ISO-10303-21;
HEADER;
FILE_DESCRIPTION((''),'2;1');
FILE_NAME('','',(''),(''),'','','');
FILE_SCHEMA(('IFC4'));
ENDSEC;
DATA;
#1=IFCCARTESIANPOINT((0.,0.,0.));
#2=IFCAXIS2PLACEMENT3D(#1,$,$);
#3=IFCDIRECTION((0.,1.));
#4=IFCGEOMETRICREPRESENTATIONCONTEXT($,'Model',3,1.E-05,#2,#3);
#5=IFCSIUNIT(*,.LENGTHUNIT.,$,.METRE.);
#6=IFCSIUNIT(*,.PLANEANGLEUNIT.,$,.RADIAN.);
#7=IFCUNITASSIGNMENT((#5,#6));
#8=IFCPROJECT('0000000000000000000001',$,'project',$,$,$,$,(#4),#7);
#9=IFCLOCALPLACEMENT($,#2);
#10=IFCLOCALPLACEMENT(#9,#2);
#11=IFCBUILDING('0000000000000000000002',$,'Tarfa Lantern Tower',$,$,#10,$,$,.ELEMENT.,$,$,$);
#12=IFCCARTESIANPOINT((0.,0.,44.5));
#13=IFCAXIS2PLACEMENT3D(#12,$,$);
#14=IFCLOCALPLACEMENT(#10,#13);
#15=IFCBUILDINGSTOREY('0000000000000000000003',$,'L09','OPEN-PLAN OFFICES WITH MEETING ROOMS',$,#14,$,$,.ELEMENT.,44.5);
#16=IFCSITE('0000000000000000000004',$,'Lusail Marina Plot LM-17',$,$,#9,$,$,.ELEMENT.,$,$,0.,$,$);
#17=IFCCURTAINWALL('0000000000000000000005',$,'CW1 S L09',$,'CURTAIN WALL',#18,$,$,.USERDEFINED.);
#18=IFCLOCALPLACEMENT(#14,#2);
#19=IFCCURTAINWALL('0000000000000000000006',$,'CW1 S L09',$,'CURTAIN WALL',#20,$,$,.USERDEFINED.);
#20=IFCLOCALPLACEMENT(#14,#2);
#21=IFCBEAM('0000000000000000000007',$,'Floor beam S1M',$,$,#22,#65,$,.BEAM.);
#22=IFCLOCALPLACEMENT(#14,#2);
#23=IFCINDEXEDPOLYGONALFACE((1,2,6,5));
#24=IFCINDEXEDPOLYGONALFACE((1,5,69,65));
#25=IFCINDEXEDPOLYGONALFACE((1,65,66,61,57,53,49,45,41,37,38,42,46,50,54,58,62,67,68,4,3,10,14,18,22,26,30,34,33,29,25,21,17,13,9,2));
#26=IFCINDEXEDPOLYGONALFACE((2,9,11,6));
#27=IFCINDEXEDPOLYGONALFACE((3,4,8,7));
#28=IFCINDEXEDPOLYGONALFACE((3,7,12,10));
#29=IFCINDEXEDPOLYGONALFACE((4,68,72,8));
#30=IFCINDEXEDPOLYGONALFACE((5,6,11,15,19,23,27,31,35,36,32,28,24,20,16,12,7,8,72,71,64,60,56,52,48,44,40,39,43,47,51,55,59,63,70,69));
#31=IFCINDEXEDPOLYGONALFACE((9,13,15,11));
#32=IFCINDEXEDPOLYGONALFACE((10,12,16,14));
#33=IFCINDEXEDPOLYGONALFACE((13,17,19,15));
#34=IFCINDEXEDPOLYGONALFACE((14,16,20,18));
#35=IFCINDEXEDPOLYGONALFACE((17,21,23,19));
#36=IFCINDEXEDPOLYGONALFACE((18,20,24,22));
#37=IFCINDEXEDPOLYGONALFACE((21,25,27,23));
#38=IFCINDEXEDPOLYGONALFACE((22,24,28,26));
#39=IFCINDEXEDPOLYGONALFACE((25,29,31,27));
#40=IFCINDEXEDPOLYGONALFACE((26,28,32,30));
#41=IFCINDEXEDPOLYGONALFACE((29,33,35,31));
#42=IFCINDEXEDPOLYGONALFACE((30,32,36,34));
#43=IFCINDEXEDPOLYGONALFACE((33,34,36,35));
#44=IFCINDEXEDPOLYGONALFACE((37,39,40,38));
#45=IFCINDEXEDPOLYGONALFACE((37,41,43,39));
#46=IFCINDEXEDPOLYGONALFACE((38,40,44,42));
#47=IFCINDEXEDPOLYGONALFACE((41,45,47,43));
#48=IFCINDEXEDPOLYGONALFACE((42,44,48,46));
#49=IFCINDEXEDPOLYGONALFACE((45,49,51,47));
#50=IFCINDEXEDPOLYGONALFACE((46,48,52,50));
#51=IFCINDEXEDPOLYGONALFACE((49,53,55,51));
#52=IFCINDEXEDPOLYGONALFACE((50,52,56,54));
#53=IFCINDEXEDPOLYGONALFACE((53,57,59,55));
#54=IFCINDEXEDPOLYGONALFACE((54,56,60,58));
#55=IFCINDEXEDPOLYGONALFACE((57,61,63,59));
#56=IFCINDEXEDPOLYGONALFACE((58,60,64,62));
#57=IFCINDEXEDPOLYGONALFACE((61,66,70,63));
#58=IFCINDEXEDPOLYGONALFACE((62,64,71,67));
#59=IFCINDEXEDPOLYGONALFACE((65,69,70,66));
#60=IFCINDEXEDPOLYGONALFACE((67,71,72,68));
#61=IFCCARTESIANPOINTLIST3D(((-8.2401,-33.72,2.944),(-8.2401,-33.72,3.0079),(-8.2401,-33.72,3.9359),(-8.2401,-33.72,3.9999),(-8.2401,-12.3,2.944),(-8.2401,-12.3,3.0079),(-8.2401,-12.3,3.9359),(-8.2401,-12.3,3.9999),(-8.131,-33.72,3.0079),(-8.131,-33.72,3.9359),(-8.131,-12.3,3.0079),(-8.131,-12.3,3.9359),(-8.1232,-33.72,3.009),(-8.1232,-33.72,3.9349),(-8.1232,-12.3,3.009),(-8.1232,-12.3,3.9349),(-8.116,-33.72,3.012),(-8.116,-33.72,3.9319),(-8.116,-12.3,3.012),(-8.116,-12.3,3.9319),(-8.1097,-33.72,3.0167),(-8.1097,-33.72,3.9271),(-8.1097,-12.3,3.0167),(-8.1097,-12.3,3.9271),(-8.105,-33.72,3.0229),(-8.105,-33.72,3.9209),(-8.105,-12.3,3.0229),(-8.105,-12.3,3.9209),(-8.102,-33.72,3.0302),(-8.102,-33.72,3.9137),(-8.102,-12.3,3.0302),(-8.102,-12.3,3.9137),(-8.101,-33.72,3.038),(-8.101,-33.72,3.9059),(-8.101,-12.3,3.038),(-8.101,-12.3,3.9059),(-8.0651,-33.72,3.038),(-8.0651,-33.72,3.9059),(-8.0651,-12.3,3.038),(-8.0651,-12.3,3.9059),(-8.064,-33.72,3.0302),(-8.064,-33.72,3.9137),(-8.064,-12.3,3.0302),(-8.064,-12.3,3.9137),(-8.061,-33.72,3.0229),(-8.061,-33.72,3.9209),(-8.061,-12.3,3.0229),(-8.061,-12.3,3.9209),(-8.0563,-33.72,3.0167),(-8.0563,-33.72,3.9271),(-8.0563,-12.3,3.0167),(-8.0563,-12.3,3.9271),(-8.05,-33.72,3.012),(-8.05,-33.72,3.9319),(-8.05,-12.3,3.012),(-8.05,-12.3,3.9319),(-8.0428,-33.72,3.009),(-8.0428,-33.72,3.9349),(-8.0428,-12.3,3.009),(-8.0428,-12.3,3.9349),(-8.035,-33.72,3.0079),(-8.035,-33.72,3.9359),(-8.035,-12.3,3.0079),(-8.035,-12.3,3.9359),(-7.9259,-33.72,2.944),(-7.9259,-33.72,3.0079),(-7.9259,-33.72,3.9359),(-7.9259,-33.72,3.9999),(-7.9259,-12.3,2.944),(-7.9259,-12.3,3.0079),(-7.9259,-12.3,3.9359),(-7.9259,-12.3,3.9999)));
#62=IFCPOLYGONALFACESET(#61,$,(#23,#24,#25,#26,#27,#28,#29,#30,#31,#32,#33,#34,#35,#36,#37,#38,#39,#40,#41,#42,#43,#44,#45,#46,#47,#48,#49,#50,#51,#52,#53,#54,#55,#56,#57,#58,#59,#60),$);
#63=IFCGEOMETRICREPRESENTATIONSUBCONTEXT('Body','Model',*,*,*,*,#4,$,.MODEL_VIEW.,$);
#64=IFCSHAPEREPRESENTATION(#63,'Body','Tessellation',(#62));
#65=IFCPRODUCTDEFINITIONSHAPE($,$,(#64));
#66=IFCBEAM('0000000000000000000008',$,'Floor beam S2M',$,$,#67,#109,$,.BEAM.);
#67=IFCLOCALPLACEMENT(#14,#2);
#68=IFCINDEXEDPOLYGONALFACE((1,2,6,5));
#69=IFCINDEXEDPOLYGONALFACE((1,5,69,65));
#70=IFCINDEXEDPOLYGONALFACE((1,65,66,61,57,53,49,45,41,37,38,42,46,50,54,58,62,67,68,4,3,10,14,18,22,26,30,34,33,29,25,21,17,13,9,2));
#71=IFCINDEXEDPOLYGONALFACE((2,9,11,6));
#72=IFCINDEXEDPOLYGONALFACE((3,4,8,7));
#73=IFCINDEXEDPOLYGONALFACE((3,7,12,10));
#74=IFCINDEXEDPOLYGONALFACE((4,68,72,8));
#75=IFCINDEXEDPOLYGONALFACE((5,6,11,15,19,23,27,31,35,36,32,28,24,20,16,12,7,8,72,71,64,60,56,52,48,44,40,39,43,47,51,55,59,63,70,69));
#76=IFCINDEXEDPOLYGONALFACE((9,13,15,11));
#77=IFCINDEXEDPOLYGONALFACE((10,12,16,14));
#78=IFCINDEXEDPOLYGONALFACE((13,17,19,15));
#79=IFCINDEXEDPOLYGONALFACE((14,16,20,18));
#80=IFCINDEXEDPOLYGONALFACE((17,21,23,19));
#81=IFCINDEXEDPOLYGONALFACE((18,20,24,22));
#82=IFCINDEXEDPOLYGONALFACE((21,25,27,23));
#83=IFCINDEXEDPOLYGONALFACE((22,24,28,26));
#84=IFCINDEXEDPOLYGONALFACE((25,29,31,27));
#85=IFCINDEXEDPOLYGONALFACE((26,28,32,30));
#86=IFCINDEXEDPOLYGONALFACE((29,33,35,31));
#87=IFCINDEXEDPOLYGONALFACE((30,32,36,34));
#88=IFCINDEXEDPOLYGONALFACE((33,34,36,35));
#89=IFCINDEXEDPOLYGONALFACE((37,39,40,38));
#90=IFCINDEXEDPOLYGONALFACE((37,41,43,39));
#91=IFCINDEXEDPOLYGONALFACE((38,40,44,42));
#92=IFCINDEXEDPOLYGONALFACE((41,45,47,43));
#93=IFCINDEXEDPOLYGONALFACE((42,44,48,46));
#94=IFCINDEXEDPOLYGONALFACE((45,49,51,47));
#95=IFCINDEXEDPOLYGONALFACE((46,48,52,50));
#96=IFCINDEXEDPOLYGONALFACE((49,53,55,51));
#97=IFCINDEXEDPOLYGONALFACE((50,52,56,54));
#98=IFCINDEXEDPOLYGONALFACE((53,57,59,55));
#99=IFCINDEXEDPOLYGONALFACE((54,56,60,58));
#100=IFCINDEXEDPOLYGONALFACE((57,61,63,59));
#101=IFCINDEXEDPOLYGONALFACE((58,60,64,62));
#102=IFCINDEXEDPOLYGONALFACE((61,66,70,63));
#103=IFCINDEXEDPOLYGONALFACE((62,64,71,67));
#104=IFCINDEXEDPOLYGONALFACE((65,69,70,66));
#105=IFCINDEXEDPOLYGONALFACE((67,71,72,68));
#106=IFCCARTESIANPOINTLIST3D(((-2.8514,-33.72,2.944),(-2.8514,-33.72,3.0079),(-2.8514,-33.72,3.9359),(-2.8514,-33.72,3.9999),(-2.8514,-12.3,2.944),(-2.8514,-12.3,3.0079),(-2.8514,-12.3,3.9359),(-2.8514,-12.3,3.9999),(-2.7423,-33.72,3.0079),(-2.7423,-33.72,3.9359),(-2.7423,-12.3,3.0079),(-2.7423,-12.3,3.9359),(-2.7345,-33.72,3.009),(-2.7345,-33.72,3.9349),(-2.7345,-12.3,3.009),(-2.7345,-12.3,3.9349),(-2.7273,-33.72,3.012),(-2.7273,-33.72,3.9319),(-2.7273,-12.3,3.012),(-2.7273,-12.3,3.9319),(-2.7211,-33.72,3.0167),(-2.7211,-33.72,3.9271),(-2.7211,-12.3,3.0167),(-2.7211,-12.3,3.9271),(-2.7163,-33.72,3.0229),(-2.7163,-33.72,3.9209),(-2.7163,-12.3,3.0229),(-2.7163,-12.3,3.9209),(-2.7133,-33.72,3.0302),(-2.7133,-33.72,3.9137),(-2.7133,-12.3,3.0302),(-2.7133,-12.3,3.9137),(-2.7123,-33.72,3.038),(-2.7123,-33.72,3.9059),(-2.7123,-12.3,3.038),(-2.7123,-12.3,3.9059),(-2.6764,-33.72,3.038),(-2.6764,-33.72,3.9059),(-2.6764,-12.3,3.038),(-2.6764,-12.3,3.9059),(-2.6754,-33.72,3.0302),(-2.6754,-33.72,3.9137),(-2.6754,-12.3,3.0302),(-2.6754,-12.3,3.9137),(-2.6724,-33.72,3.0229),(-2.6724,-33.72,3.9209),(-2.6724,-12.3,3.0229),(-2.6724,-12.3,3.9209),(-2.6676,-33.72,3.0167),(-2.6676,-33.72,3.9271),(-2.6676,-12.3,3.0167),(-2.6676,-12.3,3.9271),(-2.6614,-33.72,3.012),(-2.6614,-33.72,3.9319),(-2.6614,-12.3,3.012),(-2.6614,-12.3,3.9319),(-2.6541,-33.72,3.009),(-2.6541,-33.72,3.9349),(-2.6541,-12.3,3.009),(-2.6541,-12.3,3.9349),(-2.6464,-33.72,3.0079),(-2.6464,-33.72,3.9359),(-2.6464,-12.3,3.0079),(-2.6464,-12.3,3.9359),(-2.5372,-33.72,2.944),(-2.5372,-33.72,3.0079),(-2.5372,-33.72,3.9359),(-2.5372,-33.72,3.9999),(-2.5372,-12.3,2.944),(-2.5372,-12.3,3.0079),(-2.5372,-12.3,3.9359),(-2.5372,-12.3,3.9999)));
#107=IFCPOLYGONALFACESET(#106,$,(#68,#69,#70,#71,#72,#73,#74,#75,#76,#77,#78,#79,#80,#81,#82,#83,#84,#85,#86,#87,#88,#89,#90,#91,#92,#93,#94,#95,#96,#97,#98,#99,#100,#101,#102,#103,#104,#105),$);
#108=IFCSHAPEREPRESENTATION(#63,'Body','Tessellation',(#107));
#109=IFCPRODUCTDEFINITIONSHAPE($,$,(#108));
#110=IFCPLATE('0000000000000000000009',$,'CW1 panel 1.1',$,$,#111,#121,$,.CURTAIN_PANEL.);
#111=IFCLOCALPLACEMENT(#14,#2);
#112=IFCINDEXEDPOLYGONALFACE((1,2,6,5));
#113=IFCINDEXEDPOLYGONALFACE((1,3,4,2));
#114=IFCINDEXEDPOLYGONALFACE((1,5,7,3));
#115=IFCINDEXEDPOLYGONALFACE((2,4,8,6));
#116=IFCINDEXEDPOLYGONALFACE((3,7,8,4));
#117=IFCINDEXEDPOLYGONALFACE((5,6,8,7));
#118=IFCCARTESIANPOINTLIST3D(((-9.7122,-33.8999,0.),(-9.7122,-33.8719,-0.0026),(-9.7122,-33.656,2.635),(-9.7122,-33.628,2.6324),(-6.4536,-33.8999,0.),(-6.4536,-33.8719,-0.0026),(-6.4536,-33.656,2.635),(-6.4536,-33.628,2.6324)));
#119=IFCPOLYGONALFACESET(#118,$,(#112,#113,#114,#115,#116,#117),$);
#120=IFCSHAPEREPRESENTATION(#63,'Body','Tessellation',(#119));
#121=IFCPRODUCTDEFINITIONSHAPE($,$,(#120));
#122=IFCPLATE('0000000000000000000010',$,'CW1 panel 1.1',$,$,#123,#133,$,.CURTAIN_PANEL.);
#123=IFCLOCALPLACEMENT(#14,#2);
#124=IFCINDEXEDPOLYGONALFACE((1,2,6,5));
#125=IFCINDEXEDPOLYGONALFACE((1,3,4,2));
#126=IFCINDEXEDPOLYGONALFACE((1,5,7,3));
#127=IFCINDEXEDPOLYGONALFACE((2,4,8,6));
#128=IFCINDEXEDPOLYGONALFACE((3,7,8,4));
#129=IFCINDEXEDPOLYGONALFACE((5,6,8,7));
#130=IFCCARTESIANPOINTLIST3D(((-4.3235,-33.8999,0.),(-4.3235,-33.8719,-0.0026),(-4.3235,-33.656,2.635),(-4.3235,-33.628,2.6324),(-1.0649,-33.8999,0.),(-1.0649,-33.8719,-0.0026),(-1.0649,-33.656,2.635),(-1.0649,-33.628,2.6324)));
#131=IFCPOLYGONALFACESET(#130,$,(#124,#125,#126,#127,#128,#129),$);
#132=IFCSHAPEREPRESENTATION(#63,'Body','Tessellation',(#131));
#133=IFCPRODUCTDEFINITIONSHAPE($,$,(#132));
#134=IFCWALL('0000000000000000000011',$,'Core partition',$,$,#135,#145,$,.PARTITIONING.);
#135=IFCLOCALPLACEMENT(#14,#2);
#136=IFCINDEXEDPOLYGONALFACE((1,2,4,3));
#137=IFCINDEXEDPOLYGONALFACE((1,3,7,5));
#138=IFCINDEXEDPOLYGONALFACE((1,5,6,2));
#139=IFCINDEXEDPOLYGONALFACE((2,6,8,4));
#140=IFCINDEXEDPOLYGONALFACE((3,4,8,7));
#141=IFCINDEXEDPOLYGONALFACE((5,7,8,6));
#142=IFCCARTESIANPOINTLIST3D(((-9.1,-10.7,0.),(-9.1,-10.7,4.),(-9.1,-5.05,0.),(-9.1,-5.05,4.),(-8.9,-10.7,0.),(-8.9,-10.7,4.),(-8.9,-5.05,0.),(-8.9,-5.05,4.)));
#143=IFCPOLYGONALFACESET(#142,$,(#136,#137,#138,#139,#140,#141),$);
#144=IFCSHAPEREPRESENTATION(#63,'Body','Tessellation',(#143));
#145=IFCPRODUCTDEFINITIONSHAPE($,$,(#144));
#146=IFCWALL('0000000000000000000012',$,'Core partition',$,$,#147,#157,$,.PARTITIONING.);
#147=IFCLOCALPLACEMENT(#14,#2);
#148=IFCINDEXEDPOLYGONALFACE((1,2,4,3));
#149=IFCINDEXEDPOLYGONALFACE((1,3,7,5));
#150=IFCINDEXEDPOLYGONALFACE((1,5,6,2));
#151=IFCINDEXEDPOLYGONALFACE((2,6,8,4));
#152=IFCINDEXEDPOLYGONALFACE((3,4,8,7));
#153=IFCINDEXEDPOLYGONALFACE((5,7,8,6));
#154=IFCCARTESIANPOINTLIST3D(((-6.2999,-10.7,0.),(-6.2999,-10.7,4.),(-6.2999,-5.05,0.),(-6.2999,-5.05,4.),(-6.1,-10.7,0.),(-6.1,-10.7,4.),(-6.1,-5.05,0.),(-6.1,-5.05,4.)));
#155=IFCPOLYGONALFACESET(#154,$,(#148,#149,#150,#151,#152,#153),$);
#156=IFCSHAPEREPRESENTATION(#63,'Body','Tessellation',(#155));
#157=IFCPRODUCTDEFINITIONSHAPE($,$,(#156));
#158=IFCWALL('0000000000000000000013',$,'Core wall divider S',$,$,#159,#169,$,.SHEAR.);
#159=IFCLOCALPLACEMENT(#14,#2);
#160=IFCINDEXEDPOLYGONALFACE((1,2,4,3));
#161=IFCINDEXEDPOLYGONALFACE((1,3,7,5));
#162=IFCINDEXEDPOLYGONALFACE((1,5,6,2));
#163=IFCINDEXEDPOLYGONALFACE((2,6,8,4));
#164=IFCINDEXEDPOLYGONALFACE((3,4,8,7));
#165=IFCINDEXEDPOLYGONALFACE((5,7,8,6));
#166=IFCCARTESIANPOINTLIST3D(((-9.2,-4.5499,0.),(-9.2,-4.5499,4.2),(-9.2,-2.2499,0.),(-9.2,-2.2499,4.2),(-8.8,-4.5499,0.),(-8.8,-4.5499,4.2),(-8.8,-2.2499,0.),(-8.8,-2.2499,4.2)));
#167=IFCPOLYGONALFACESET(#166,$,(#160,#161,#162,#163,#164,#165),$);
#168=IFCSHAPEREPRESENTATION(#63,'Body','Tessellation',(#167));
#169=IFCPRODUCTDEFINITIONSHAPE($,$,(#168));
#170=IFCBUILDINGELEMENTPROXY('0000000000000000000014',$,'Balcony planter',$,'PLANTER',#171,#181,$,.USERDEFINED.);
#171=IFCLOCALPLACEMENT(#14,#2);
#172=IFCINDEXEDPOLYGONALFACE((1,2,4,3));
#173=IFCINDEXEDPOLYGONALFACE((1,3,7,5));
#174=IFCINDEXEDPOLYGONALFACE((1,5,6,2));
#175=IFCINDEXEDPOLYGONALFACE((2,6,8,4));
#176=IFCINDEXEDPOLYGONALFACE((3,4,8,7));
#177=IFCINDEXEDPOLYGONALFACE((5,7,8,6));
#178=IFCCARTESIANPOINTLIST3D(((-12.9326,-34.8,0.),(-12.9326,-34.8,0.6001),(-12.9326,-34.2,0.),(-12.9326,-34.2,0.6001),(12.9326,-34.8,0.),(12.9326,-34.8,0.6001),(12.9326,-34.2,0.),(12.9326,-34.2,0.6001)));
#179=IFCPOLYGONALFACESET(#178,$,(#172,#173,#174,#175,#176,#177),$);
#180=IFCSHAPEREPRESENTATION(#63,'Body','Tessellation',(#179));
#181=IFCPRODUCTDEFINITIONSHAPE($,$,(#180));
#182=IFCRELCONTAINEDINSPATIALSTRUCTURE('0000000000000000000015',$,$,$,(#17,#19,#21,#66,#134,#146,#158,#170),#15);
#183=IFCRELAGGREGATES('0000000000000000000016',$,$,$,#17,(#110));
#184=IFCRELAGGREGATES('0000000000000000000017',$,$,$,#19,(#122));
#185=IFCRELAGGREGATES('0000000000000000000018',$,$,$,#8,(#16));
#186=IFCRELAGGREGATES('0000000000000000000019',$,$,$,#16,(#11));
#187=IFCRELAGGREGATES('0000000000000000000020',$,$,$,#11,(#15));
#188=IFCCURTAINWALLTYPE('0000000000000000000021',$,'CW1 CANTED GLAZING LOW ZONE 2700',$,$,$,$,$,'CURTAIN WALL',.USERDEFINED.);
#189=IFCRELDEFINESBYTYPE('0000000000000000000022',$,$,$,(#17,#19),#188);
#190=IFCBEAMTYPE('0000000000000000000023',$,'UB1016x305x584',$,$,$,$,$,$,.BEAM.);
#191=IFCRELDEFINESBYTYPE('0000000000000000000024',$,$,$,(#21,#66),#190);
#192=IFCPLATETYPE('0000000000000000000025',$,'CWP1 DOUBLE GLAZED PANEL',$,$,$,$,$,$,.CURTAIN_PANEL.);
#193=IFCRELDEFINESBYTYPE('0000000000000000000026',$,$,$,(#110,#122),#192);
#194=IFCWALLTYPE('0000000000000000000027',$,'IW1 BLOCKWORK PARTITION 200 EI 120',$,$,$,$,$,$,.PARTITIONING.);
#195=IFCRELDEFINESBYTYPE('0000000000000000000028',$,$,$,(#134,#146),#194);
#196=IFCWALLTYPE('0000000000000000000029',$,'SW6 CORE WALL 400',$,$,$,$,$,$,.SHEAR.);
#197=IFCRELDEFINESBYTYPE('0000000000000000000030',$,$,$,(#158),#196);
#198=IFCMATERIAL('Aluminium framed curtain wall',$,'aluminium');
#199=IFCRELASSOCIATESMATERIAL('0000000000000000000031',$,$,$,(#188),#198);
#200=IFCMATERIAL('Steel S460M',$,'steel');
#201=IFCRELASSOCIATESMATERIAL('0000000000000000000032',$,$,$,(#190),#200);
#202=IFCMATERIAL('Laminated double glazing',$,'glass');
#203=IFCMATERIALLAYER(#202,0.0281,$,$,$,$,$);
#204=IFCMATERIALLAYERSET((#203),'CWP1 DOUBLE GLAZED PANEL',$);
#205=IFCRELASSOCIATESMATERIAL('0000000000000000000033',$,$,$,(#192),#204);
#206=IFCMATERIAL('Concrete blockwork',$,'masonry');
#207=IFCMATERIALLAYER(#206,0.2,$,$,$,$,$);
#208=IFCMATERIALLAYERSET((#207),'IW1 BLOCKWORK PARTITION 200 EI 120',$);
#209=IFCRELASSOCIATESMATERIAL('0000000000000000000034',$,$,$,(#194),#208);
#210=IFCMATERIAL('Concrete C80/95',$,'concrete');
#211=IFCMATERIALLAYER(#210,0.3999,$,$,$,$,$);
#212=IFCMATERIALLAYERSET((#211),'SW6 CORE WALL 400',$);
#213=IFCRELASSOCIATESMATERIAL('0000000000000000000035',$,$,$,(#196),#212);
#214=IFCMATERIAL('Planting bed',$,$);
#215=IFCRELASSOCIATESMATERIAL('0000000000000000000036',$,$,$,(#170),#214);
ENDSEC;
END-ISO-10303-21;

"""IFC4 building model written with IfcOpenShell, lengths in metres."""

from ifc_helpers import new_model, si_unit, direction, frame, frame_2d, origin, origin_2d, place, context, subcontext, project, spatial, polyline, rectangle, i_section, outline, extrude, material, layer, layer_set, material_profile, profile_set, type_object, element, aggregate, save


model = new_model("IFC4")

# Units and contexts
model_context = context("Model", 3, precision=1e-05, world=origin(), true_north=direction((0.0, 1.0)))
body_context = subcontext(model_context, "Body", "Model", "MODEL_VIEW")
ifc_project = project(units=[si_unit("LENGTHUNIT", "METRE"), si_unit("PLANEANGLEUNIT", "RADIAN")], contexts=[model_context])

# Site, building, storey
site_placement = place(None, origin())
site = spatial("IfcSite", under=ifc_project, at=site_placement, Name="Lusail Marina Plot LM-17", CompositionType="ELEMENT", RefElevation=0.0)
building_placement = place(site_placement, origin())
building = spatial("IfcBuilding", under=site, at=building_placement, Name="Tarfa Lantern Tower", CompositionType="ELEMENT")
storey_placement = place(building_placement, frame((0.0, 0.0, 44.5)))
storey = spatial("IfcBuildingStorey", under=building, at=storey_placement, Name="L09", Description="OPEN-PLAN OFFICES WITH MEETING ROOMS", CompositionType="ELEMENT", Elevation=44.5)

# Shared definitions
ifc_material_1 = material(Name="Concrete C80/95", Category="concrete")

# Curtain walls
ifc_material_2 = material(Name="Aluminium framed curtain wall", Category="aluminium")
curtain_wall_type = type_object("IfcCurtainWallType", Name="CW1 CANTED GLAZING LOW ZONE 2700", ElementType="CURTAIN WALL", PredefinedType="USERDEFINED", material=ifc_material_2)
curtain_wall_1_placement = place(storey_placement, origin())
curtain_wall_1 = element("IfcCurtainWall", 1, at=curtain_wall_1_placement, inside=storey, type_object=curtain_wall_type, Name="CW1 S L09", ObjectType="CURTAIN WALL", PredefinedType="USERDEFINED")
curtain_wall_2_placement = place(storey_placement, origin())
curtain_wall_2 = element("IfcCurtainWall", 2, at=curtain_wall_2_placement, inside=storey, type_object=curtain_wall_type, Name="CW1 S L09", ObjectType="CURTAIN WALL", PredefinedType="USERDEFINED")

# Beams
ifc_material_3 = material(Name="Steel S460M", Category="steel")
ifc_material_profile_1 = material_profile(ifc_material_3, i_section(OverallWidth=0.3142, OverallDepth=1.0559, WebThickness=0.0359, FlangeThickness=0.064, FilletRadius=0.03, at=origin_2d()), Name="UB1016x305x584")
ifc_profile_set_1 = profile_set([ifc_material_profile_1], Name="Steel S460M")
beam_type_1 = type_object("IfcBeamType", Name="UB1016x305x584", PredefinedType="BEAM", material=ifc_profile_set_1)
for number, where, z_axis, x_axis, name in (
    (3, (-8.083, -33.72, 3.4719), (0.0, 1.0, 0.0), (-1.0, 0.0, 0.0), "Floor beam S1M"),
    (4, (-2.6943, -33.72, 3.4719), (0.0, 1.0, 0.0), (-1.0, 0.0, 0.0), "Floor beam S2M"),
):
    element("IfcBeam", number, at=place(storey_placement, frame(where, z_axis=z_axis, x_axis=x_axis)), inside=storey, type_object=beam_type_1, Name=name, PredefinedType="BEAM", context=body_context, shape_type="SweptSolid", body=[
        extrude(i_section(OverallWidth=0.3142, OverallDepth=1.0559, WebThickness=0.0359, FlangeThickness=0.064, FilletRadius=0.03, at=origin_2d()), origin(), (0.0, 0.0, 1.0), 21.4199),
    ])

# Plates
ifc_material_4 = material(Name="Laminated double glazing", Category="glass")
ifc_layer_1 = layer(ifc_material_4, 0.0281)
ifc_layer_set_1 = layer_set([ifc_layer_1], Name="CWP1 DOUBLE GLAZED PANEL")
plate_type = type_object("IfcPlateType", Name="CWP1 DOUBLE GLAZED PANEL", PredefinedType="CURTAIN_PANEL", material=ifc_layer_set_1)
plate_1_placement = place(storey_placement, frame((-9.7122, -33.8999, 0.0), z_axis=(0.0, -0.995744, 0.092166), x_axis=(1.0, 0.0, 0.0)))
plate_1 = element("IfcPlate", 5, at=plate_1_placement, type_object=plate_type, Name="CW1 panel 1.1", PredefinedType="CURTAIN_PANEL", context=body_context, shape_type="SweptSolid", body=[
    extrude(outline(polyline([(0.0, 0.0), (3.2585, 0.0), (3.2585, 2.6463), (0.0, 2.6463), (0.0, 0.0)])), origin(), (0.0, 0.0, -1.0), 0.0281),
])
aggregate(curtain_wall_1, [plate_1])
plate_2_placement = place(storey_placement, frame((-4.3235, -33.8999, 0.0), z_axis=(0.0, -0.995744, 0.092166), x_axis=(1.0, 0.0, 0.0)))
plate_2 = element("IfcPlate", 6, at=plate_2_placement, type_object=plate_type, Name="CW1 panel 1.1", PredefinedType="CURTAIN_PANEL", context=body_context, shape_type="SweptSolid", body=[
    extrude(outline(polyline([(0.0, 0.0), (3.2585, 0.0), (3.2585, 2.6463), (0.0, 2.6463), (0.0, 0.0)])), origin(), (0.0, 0.0, -1.0), 0.0281),
])
aggregate(curtain_wall_2, [plate_2])

# Walls
ifc_material_5 = material(Name="Concrete blockwork", Category="masonry")
ifc_layer_2 = layer(ifc_material_5, 0.2)
ifc_layer_set_2 = layer_set([ifc_layer_2], Name="IW1 BLOCKWORK PARTITION 200 EI 120")
wall_type_1 = type_object("IfcWallType", Name="IW1 BLOCKWORK PARTITION 200 EI 120", PredefinedType="PARTITIONING", material=ifc_layer_set_2)
for number, where, z_axis, x_axis, name in (
    (7, (-9.0, -5.05, 0.0), (0.0, 0.0, 1.0), (0.0, -1.0, 0.0), "Core partition"),
    (8, (-6.2, -5.05, 0.0), (0.0, 0.0, 1.0), (0.0, -1.0, 0.0), "Core partition"),
):
    element("IfcWall", number, at=place(storey_placement, frame(where, z_axis=z_axis, x_axis=x_axis)), inside=storey, type_object=wall_type_1, Name=name, PredefinedType="PARTITIONING", context=body_context, shape_type="SweptSolid", body=[
        extrude(rectangle(XDim=5.6499, YDim=0.2, at=frame_2d((2.825, 0.0))), origin(), (0.0, 0.0, 1.0), 4.0),
    ])
ifc_layer_3 = layer(ifc_material_1, 0.3999)
ifc_layer_set_3 = layer_set([ifc_layer_3], Name="SW6 CORE WALL 400")
wall_type_2 = type_object("IfcWallType", Name="SW6 CORE WALL 400", PredefinedType="SHEAR", material=ifc_layer_set_3)
wall_placement = place(storey_placement, frame((-9.0, -2.25, 0.0), z_axis=(0.0, 0.0, 1.0), x_axis=(0.0, -1.0, 0.0)))
element("IfcWall", 9, at=wall_placement, inside=storey, type_object=wall_type_2, Name="Core wall divider S", PredefinedType="SHEAR", context=body_context, shape_type="SweptSolid", body=[
    extrude(rectangle(XDim=2.3, YDim=0.3999, at=frame_2d((1.1499, 0.0))), origin(), (0.0, 0.0, 1.0), 4.2),
])

# Building element proxy
ifc_material_6 = material(Name="Planting bed")
proxy_placement = place(storey_placement, frame((0.0, -34.5, 0.0), z_axis=(0.0, 0.0, 1.0), x_axis=(1.0, 0.0, 0.0)))
element("IfcBuildingElementProxy", 10, at=proxy_placement, inside=storey, material=ifc_material_6, Name="Balcony planter", ObjectType="PLANTER", PredefinedType="USERDEFINED", context=body_context, shape_type="SweptSolid", body=[
    extrude(rectangle(XDim=25.8652, YDim=0.6001, at=origin_2d()), origin(), (0.0, 0.0, 1.0), 0.6001),
])

save(model, "model.ifc")
